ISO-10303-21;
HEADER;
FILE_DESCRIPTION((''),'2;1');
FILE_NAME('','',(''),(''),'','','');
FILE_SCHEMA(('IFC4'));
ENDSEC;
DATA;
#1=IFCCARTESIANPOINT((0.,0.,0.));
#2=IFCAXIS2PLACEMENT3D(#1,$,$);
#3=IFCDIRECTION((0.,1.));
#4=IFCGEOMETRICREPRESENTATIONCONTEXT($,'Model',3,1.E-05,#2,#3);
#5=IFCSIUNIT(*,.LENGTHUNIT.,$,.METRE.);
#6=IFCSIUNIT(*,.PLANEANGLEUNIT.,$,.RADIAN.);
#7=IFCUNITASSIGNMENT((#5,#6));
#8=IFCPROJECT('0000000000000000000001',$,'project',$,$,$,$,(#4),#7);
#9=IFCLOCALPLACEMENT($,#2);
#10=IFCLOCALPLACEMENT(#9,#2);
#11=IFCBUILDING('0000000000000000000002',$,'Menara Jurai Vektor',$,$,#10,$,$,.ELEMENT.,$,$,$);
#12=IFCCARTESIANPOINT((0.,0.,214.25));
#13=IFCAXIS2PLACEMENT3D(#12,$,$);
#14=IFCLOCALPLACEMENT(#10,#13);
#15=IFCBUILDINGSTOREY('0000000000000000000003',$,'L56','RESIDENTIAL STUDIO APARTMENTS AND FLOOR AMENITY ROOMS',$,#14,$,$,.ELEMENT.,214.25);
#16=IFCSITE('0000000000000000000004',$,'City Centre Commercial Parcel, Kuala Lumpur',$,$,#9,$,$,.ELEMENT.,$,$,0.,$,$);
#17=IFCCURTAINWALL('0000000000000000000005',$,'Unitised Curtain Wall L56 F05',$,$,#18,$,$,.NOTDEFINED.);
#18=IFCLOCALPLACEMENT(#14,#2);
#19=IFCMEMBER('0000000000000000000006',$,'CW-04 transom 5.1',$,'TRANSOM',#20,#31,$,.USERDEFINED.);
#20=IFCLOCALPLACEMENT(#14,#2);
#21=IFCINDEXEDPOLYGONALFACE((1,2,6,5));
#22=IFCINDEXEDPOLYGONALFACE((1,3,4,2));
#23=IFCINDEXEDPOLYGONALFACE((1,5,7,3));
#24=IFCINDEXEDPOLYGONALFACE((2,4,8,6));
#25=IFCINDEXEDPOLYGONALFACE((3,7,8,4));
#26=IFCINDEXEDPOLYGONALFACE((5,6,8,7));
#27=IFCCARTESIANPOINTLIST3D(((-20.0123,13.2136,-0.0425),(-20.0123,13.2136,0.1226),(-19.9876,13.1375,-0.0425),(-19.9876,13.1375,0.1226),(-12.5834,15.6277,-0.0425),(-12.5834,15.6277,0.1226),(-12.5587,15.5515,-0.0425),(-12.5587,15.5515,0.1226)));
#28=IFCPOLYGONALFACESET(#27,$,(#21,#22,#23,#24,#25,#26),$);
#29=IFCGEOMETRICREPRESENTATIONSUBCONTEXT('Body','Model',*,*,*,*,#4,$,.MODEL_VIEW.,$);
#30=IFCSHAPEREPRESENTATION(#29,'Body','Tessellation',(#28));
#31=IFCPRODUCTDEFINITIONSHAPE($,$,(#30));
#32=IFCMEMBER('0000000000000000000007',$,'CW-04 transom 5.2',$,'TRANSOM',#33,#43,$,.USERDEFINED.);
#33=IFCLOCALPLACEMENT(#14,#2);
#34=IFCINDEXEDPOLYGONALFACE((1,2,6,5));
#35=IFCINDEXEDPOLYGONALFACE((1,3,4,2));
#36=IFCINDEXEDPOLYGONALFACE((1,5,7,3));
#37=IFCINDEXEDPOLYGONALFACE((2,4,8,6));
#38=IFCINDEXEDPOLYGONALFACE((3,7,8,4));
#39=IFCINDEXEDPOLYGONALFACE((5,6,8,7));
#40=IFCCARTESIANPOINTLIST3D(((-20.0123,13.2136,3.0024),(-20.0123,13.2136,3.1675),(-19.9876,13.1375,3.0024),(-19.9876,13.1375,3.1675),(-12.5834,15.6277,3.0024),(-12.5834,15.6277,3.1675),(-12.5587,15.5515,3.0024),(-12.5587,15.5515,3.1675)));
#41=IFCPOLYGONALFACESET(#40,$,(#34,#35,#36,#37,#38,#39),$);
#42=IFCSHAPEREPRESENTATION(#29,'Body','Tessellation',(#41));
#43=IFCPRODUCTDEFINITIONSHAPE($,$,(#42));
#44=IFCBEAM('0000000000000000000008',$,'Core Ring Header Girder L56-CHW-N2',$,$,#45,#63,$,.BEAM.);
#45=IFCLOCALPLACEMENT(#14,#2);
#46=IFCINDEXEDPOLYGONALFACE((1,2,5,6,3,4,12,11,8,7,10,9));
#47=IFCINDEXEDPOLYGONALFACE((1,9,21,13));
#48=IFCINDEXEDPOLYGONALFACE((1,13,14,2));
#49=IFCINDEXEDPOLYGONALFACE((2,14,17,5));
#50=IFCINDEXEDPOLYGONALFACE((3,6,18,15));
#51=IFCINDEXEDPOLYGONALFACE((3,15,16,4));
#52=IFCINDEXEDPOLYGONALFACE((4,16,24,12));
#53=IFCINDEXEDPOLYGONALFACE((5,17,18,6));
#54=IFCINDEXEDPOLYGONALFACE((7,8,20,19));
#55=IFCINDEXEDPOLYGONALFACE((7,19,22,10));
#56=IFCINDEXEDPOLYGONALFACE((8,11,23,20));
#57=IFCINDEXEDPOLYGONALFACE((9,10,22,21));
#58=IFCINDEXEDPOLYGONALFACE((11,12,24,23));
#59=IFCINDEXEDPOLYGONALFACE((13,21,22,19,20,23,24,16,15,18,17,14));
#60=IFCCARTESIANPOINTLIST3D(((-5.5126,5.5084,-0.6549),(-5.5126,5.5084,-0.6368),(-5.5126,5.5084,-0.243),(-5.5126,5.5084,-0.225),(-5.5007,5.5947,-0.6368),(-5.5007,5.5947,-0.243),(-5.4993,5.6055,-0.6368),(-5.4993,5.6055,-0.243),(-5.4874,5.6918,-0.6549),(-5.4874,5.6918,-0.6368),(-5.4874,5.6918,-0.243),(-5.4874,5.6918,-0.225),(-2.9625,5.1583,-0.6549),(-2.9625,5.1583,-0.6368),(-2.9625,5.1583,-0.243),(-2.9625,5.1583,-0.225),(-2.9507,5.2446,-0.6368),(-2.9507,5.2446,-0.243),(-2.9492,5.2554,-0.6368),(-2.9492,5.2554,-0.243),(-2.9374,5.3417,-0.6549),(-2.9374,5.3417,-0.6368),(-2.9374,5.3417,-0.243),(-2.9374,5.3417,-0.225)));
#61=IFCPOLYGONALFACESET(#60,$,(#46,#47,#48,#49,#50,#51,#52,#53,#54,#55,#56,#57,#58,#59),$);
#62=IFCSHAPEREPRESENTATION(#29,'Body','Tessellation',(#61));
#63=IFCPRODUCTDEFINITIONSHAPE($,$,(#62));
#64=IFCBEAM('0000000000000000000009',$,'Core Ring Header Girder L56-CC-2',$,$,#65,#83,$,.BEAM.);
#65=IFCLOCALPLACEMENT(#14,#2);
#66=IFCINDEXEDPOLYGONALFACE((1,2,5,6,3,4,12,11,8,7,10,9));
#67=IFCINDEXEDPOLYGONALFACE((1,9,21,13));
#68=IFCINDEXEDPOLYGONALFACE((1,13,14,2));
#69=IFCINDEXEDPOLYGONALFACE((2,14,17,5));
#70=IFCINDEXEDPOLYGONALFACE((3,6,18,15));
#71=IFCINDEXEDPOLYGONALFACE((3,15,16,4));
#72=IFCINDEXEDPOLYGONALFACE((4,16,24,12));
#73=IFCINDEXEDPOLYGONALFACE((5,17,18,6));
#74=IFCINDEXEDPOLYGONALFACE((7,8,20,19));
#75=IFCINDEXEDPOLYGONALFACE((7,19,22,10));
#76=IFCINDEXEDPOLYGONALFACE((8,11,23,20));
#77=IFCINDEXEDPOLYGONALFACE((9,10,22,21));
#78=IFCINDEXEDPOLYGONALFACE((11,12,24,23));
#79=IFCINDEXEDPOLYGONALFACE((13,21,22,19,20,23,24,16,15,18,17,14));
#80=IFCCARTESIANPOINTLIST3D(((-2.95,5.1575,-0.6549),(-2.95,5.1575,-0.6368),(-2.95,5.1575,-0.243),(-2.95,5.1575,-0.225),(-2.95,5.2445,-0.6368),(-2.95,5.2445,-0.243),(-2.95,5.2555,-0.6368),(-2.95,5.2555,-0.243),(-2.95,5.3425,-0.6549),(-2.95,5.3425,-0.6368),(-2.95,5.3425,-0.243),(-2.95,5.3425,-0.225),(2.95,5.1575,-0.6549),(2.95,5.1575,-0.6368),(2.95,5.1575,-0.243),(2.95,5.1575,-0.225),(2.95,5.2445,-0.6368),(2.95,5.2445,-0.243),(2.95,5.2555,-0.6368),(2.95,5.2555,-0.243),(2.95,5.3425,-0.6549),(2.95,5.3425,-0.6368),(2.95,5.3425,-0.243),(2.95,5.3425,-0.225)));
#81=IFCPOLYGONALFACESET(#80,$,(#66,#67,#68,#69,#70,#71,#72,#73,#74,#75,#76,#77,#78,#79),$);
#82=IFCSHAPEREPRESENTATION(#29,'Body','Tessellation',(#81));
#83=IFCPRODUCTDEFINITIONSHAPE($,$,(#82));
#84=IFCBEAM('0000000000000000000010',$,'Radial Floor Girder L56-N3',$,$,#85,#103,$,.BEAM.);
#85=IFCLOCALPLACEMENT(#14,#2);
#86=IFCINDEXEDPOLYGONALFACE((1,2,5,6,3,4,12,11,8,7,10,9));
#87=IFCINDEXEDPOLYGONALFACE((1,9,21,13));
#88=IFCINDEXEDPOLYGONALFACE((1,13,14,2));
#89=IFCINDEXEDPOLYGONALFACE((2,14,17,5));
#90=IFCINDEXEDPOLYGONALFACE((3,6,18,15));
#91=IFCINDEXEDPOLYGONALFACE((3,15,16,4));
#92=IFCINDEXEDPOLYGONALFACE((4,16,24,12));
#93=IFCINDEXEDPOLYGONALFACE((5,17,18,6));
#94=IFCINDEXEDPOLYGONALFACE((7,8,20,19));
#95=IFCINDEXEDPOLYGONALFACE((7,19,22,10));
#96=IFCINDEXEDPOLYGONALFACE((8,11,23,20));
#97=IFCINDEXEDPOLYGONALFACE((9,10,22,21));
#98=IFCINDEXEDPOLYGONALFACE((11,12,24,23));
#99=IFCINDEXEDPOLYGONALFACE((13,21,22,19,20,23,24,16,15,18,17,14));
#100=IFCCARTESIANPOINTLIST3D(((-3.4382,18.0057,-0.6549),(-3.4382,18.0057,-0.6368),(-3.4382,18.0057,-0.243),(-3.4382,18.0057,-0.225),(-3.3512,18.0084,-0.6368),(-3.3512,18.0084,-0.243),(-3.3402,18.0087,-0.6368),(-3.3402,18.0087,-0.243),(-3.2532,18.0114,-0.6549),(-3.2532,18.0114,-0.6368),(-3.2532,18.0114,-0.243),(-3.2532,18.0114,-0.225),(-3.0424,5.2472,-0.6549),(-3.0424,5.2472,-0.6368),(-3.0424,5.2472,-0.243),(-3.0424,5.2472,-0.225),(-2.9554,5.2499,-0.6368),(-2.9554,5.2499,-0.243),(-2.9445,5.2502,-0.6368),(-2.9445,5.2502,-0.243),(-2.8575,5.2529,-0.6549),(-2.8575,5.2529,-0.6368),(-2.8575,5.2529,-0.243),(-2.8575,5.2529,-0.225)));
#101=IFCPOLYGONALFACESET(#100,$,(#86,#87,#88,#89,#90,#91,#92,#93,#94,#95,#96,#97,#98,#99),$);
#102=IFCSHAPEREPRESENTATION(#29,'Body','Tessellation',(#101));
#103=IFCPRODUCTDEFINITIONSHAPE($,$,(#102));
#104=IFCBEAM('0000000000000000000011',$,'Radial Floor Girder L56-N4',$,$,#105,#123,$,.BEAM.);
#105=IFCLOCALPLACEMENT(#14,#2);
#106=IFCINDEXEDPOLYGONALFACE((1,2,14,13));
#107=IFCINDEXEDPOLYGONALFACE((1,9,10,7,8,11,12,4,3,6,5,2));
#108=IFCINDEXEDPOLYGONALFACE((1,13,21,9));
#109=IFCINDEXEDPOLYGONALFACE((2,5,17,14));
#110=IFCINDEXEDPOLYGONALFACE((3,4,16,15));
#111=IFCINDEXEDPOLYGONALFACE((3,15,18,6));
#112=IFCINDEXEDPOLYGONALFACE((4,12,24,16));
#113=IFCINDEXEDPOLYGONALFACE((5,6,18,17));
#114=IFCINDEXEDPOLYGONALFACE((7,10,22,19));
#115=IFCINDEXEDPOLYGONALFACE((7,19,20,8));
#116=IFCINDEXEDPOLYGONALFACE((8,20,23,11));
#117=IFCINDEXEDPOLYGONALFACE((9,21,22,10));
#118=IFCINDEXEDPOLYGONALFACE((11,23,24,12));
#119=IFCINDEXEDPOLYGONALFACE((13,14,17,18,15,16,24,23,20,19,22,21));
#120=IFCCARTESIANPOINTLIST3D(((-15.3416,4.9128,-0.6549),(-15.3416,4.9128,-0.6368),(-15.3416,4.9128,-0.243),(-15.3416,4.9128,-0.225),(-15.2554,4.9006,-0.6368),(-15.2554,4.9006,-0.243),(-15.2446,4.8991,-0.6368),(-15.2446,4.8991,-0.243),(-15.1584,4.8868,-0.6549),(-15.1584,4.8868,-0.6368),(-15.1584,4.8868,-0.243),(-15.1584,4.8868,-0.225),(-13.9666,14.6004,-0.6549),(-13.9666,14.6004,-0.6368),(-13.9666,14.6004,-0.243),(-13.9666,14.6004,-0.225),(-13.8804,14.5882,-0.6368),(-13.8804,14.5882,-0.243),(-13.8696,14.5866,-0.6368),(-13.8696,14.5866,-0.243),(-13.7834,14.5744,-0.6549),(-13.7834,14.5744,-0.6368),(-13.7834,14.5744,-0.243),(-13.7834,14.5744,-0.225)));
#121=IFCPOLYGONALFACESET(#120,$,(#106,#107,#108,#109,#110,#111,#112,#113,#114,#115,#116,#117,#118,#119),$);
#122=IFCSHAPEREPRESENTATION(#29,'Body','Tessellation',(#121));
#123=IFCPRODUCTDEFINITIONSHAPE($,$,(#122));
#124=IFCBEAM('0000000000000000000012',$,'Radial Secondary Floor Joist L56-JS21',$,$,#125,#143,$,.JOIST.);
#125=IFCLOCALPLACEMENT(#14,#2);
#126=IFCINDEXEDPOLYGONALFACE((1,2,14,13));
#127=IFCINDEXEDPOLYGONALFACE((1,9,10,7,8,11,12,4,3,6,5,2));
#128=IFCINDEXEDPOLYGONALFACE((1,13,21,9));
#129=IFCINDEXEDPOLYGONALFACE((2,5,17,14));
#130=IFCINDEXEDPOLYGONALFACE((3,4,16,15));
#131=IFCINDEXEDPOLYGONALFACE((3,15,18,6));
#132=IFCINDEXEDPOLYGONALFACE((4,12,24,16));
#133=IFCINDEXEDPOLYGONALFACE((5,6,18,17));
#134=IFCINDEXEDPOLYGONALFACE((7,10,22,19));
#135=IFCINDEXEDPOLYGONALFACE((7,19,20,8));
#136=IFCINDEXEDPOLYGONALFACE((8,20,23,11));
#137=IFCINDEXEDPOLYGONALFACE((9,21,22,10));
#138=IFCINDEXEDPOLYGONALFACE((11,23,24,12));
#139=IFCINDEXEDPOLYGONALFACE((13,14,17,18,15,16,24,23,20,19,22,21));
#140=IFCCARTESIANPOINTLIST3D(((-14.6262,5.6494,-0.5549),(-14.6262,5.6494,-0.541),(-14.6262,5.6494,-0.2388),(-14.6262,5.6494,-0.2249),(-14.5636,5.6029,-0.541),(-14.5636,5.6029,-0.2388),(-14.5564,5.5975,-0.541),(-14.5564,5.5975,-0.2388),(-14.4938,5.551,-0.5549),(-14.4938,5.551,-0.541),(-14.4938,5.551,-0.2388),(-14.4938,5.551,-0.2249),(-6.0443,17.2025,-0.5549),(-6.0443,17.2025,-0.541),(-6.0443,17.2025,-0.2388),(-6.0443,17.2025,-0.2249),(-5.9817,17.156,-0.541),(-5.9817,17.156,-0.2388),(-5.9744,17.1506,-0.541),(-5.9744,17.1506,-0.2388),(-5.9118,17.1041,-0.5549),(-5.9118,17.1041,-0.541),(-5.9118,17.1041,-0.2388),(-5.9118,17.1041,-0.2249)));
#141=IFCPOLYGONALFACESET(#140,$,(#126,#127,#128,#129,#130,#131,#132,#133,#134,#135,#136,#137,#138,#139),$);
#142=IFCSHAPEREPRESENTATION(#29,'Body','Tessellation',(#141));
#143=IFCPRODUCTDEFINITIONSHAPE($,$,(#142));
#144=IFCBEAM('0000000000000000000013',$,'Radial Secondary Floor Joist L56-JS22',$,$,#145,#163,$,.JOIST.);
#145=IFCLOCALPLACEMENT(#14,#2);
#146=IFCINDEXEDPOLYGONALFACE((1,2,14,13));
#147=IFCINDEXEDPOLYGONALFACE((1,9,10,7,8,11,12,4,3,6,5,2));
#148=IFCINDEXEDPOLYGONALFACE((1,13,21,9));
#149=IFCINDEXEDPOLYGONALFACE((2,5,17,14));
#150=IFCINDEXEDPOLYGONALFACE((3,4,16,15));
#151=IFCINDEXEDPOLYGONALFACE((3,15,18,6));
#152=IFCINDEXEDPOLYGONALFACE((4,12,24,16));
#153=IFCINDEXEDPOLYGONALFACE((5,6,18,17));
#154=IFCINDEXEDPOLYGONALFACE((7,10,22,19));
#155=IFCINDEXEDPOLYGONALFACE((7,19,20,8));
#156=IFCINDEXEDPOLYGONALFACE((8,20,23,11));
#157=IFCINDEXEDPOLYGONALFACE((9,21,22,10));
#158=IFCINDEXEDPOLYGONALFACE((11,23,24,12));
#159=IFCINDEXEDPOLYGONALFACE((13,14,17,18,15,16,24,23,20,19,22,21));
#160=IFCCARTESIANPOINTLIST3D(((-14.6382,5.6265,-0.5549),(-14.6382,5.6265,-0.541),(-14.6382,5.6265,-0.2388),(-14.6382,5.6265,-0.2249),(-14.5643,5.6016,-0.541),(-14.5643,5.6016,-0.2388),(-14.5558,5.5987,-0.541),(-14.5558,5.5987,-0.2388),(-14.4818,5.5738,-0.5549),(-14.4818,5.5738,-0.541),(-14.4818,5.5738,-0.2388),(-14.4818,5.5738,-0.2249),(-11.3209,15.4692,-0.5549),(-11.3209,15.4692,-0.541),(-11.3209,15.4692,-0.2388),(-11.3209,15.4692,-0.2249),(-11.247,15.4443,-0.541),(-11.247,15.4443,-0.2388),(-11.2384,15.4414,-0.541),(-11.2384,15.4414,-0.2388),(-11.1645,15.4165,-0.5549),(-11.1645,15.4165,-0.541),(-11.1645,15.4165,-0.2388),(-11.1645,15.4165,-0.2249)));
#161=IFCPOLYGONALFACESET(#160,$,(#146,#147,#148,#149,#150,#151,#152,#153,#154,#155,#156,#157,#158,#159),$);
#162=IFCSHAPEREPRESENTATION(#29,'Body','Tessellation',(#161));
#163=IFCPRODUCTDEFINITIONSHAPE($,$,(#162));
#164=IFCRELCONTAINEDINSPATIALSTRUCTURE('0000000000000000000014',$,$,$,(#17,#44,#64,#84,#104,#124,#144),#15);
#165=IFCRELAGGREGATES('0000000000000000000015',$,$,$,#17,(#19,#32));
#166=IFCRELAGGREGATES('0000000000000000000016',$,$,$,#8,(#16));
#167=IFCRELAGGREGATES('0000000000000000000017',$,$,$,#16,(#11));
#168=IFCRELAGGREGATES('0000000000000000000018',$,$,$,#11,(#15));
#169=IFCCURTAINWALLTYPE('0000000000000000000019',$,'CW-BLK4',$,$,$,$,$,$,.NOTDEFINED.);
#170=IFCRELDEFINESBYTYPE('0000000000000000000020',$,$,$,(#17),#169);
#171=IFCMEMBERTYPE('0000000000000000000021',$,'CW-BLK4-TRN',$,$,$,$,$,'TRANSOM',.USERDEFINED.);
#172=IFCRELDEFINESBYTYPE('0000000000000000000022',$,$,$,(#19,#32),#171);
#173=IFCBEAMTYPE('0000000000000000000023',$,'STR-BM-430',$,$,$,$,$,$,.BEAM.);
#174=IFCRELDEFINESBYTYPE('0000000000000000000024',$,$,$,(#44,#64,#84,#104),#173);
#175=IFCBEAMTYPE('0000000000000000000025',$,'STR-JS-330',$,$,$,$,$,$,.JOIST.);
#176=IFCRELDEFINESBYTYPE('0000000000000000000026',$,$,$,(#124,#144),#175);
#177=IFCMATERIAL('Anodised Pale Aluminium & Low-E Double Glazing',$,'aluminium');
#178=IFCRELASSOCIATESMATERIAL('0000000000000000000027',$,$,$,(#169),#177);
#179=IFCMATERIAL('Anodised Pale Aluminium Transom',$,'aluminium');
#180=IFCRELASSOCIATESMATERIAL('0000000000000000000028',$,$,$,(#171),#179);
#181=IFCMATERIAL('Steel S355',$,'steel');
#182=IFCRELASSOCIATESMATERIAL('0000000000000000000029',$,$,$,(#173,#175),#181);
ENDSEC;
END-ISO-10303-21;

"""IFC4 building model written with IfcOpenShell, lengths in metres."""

from ifc_helpers import new_model, si_unit, direction, frame, origin, origin_2d, place, context, subcontext, project, spatial, rectangle, i_section, extrude, material, material_profile, profile_set, type_object, element, aggregate, save


model = new_model("IFC4")

# Units and contexts
model_context = context("Model", 3, precision=1e-05, world=origin(), true_north=direction((0.0, 1.0)))
body_context = subcontext(model_context, "Body", "Model", "MODEL_VIEW")
ifc_project = project(units=[si_unit("LENGTHUNIT", "METRE"), si_unit("PLANEANGLEUNIT", "RADIAN")], contexts=[model_context])

# Site, building, storey
site_placement = place(None, origin())
site = spatial("IfcSite", under=ifc_project, at=site_placement, Name="City Centre Commercial Parcel, Kuala Lumpur", CompositionType="ELEMENT", RefElevation=0.0)
building_placement = place(site_placement, origin())
building = spatial("IfcBuilding", under=site, at=building_placement, Name="Menara Jurai Vektor", CompositionType="ELEMENT")
storey_placement = place(building_placement, frame((0.0, 0.0, 214.25)))
storey = spatial("IfcBuildingStorey", under=building, at=storey_placement, Name="L56", Description="RESIDENTIAL STUDIO APARTMENTS AND FLOOR AMENITY ROOMS", CompositionType="ELEMENT", Elevation=214.25)

# Shared definitions
ifc_material_1 = material(Name="Steel S355", Category="steel")

# Curtain wall, members
ifc_material_2 = material(Name="Anodised Pale Aluminium & Low-E Double Glazing", Category="aluminium")
curtain_wall_type = type_object("IfcCurtainWallType", Name="CW-BLK4", PredefinedType="NOTDEFINED", material=ifc_material_2)
curtain_wall_placement = place(storey_placement, origin())
curtain_wall = element("IfcCurtainWall", 1, at=curtain_wall_placement, inside=storey, type_object=curtain_wall_type, Name="Unitised Curtain Wall L56 F05", PredefinedType="NOTDEFINED")
ifc_material_3 = material(Name="Anodised Pale Aluminium Transom", Category="aluminium")
ifc_material_profile_1 = material_profile(ifc_material_3, rectangle(XDim=0.0801, YDim=0.165, at=origin_2d()), Name="ALU TRN 80x165")
ifc_profile_set_1 = profile_set([ifc_material_profile_1], Name="Anodised Pale Aluminium Transom")
member_type_1 = type_object("IfcMemberType", Name="CW-BLK4-TRN", ElementType="TRANSOM", PredefinedType="USERDEFINED", material=ifc_profile_set_1)
member_1_placement = place(storey_placement, frame((-12.571, 15.5896, 0.04), z_axis=(-0.951047, -0.309046, 0.0), x_axis=(0.309046, -0.951047, 0.0)))
member_1 = element("IfcMember", 2, at=member_1_placement, type_object=member_type_1, Name="CW-04 transom 5.1", ObjectType="TRANSOM", PredefinedType="USERDEFINED", context=body_context, shape_type="SweptSolid", body=[
    extrude(rectangle(XDim=0.0801, YDim=0.165, at=origin_2d()), origin(), (0.0, 0.0, 1.0), 7.8113),
])
member_2_placement = place(storey_placement, frame((-12.571, 15.5896, 3.085), z_axis=(-0.951047, -0.309046, 0.0), x_axis=(0.309046, -0.951047, 0.0)))
member_2 = element("IfcMember", 3, at=member_2_placement, type_object=member_type_1, Name="CW-04 transom 5.2", ObjectType="TRANSOM", PredefinedType="USERDEFINED", context=body_context, shape_type="SweptSolid", body=[
    extrude(rectangle(XDim=0.0801, YDim=0.165, at=origin_2d()), origin(), (0.0, 0.0, 1.0), 7.8113),
])

# Beams
ifc_material_profile_2 = material_profile(ifc_material_1, i_section(OverallWidth=0.1851, OverallDepth=0.4299, WebThickness=0.011, FlangeThickness=0.0181, at=origin_2d()), Name="PG 430x185x76")
ifc_profile_set_2 = profile_set([ifc_material_profile_2], Name="Steel S355")
beam_type_1 = type_object("IfcBeamType", Name="STR-BM-430", PredefinedType="BEAM", material=ifc_profile_set_2)
beam_1_placement = place(storey_placement, frame((-5.5, 5.6001, -0.4399), z_axis=(0.990707, -0.136015, 0.0), x_axis=(0.136015, 0.990707, 0.0)))
element("IfcBeam", 4, at=beam_1_placement, inside=storey, type_object=beam_type_1, Name="Core Ring Header Girder L56-CHW-N2", PredefinedType="BEAM", context=body_context, shape_type="SweptSolid", body=[
    extrude(i_section(OverallWidth=0.1851, OverallDepth=0.4299, WebThickness=0.011, FlangeThickness=0.0181, at=origin_2d()), origin(), (0.0, 0.0, 1.0), 2.574),
])
beam_2_placement = place(storey_placement, frame((-2.95, 5.25, -0.4399), z_axis=(1.0, 0.0, 0.0), x_axis=(0.0, 1.0, 0.0)))
element("IfcBeam", 5, at=beam_2_placement, inside=storey, type_object=beam_type_1, Name="Core Ring Header Girder L56-CC-2", PredefinedType="BEAM", context=body_context, shape_type="SweptSolid", body=[
    extrude(i_section(OverallWidth=0.1851, OverallDepth=0.4299, WebThickness=0.011, FlangeThickness=0.0181, at=origin_2d()), origin(), (0.0, 0.0, 1.0), 5.8999),
])
beam_3_placement = place(storey_placement, frame((-3.3457, 18.0085, -0.4399), z_axis=(0.031004, -0.999519, 0.0), x_axis=(0.999519, 0.031004, 0.0)))
element("IfcBeam", 6, at=beam_3_placement, inside=storey, type_object=beam_type_1, Name="Radial Floor Girder L56-N3", PredefinedType="BEAM", context=body_context, shape_type="SweptSolid", body=[
    extrude(i_section(OverallWidth=0.1851, OverallDepth=0.4299, WebThickness=0.011, FlangeThickness=0.0181, at=origin_2d()), origin(), (0.0, 0.0, 1.0), 12.7646),
])
beam_4_placement = place(storey_placement, frame((-13.875, 14.5874, -0.4399), z_axis=(-0.140527, -0.990077, 0.0), x_axis=(0.990077, -0.140527, 0.0)))
element("IfcBeam", 7, at=beam_4_placement, inside=storey, type_object=beam_type_1, Name="Radial Floor Girder L56-N4", PredefinedType="BEAM", context=body_context, shape_type="SweptSolid", body=[
    extrude(i_section(OverallWidth=0.1851, OverallDepth=0.4299, WebThickness=0.011, FlangeThickness=0.0181, at=origin_2d()), origin(), (0.0, 0.0, 1.0), 9.7847),
])
ifc_material_profile_3 = material_profile(ifc_material_1, i_section(OverallWidth=0.165, OverallDepth=0.3301, WebThickness=0.009, FlangeThickness=0.0139, at=origin_2d()), Name="PG 330x165x46")
ifc_profile_set_3 = profile_set([ifc_material_profile_3], Name="Steel S355")
beam_type_2 = type_object("IfcBeamType", Name="STR-JS-330", PredefinedType="JOIST", material=ifc_profile_set_3)
beam_5_placement = place(storey_placement, frame((-5.978, 17.1533, -0.3899), z_axis=(-0.596308, -0.802756, 0.0), x_axis=(0.802756, -0.596308, 0.0)))
element("IfcBeam", 8, at=beam_5_placement, inside=storey, type_object=beam_type_2, Name="Radial Secondary Floor Joist L56-JS21", PredefinedType="JOIST", context=body_context, shape_type="SweptSolid", body=[
    extrude(i_section(OverallWidth=0.165, OverallDepth=0.3301, WebThickness=0.009, FlangeThickness=0.0139, at=origin_2d()), origin(), (0.0, 0.0, 1.0), 14.3918),
])
beam_6_placement = place(storey_placement, frame((-11.2427, 15.4429, -0.3899), z_axis=(-0.319385, -0.947625, 0.0), x_axis=(0.947625, -0.319385, 0.0)))
element("IfcBeam", 9, at=beam_6_placement, inside=storey, type_object=beam_type_2, Name="Radial Secondary Floor Joist L56-JS22", PredefinedType="JOIST", context=body_context, shape_type="SweptSolid", body=[
    extrude(i_section(OverallWidth=0.165, OverallDepth=0.3301, WebThickness=0.009, FlangeThickness=0.0139, at=origin_2d()), origin(), (0.0, 0.0, 1.0), 10.3867),
])

aggregate(curtain_wall, [member_1, member_2])

save(model, "model.ifc")
